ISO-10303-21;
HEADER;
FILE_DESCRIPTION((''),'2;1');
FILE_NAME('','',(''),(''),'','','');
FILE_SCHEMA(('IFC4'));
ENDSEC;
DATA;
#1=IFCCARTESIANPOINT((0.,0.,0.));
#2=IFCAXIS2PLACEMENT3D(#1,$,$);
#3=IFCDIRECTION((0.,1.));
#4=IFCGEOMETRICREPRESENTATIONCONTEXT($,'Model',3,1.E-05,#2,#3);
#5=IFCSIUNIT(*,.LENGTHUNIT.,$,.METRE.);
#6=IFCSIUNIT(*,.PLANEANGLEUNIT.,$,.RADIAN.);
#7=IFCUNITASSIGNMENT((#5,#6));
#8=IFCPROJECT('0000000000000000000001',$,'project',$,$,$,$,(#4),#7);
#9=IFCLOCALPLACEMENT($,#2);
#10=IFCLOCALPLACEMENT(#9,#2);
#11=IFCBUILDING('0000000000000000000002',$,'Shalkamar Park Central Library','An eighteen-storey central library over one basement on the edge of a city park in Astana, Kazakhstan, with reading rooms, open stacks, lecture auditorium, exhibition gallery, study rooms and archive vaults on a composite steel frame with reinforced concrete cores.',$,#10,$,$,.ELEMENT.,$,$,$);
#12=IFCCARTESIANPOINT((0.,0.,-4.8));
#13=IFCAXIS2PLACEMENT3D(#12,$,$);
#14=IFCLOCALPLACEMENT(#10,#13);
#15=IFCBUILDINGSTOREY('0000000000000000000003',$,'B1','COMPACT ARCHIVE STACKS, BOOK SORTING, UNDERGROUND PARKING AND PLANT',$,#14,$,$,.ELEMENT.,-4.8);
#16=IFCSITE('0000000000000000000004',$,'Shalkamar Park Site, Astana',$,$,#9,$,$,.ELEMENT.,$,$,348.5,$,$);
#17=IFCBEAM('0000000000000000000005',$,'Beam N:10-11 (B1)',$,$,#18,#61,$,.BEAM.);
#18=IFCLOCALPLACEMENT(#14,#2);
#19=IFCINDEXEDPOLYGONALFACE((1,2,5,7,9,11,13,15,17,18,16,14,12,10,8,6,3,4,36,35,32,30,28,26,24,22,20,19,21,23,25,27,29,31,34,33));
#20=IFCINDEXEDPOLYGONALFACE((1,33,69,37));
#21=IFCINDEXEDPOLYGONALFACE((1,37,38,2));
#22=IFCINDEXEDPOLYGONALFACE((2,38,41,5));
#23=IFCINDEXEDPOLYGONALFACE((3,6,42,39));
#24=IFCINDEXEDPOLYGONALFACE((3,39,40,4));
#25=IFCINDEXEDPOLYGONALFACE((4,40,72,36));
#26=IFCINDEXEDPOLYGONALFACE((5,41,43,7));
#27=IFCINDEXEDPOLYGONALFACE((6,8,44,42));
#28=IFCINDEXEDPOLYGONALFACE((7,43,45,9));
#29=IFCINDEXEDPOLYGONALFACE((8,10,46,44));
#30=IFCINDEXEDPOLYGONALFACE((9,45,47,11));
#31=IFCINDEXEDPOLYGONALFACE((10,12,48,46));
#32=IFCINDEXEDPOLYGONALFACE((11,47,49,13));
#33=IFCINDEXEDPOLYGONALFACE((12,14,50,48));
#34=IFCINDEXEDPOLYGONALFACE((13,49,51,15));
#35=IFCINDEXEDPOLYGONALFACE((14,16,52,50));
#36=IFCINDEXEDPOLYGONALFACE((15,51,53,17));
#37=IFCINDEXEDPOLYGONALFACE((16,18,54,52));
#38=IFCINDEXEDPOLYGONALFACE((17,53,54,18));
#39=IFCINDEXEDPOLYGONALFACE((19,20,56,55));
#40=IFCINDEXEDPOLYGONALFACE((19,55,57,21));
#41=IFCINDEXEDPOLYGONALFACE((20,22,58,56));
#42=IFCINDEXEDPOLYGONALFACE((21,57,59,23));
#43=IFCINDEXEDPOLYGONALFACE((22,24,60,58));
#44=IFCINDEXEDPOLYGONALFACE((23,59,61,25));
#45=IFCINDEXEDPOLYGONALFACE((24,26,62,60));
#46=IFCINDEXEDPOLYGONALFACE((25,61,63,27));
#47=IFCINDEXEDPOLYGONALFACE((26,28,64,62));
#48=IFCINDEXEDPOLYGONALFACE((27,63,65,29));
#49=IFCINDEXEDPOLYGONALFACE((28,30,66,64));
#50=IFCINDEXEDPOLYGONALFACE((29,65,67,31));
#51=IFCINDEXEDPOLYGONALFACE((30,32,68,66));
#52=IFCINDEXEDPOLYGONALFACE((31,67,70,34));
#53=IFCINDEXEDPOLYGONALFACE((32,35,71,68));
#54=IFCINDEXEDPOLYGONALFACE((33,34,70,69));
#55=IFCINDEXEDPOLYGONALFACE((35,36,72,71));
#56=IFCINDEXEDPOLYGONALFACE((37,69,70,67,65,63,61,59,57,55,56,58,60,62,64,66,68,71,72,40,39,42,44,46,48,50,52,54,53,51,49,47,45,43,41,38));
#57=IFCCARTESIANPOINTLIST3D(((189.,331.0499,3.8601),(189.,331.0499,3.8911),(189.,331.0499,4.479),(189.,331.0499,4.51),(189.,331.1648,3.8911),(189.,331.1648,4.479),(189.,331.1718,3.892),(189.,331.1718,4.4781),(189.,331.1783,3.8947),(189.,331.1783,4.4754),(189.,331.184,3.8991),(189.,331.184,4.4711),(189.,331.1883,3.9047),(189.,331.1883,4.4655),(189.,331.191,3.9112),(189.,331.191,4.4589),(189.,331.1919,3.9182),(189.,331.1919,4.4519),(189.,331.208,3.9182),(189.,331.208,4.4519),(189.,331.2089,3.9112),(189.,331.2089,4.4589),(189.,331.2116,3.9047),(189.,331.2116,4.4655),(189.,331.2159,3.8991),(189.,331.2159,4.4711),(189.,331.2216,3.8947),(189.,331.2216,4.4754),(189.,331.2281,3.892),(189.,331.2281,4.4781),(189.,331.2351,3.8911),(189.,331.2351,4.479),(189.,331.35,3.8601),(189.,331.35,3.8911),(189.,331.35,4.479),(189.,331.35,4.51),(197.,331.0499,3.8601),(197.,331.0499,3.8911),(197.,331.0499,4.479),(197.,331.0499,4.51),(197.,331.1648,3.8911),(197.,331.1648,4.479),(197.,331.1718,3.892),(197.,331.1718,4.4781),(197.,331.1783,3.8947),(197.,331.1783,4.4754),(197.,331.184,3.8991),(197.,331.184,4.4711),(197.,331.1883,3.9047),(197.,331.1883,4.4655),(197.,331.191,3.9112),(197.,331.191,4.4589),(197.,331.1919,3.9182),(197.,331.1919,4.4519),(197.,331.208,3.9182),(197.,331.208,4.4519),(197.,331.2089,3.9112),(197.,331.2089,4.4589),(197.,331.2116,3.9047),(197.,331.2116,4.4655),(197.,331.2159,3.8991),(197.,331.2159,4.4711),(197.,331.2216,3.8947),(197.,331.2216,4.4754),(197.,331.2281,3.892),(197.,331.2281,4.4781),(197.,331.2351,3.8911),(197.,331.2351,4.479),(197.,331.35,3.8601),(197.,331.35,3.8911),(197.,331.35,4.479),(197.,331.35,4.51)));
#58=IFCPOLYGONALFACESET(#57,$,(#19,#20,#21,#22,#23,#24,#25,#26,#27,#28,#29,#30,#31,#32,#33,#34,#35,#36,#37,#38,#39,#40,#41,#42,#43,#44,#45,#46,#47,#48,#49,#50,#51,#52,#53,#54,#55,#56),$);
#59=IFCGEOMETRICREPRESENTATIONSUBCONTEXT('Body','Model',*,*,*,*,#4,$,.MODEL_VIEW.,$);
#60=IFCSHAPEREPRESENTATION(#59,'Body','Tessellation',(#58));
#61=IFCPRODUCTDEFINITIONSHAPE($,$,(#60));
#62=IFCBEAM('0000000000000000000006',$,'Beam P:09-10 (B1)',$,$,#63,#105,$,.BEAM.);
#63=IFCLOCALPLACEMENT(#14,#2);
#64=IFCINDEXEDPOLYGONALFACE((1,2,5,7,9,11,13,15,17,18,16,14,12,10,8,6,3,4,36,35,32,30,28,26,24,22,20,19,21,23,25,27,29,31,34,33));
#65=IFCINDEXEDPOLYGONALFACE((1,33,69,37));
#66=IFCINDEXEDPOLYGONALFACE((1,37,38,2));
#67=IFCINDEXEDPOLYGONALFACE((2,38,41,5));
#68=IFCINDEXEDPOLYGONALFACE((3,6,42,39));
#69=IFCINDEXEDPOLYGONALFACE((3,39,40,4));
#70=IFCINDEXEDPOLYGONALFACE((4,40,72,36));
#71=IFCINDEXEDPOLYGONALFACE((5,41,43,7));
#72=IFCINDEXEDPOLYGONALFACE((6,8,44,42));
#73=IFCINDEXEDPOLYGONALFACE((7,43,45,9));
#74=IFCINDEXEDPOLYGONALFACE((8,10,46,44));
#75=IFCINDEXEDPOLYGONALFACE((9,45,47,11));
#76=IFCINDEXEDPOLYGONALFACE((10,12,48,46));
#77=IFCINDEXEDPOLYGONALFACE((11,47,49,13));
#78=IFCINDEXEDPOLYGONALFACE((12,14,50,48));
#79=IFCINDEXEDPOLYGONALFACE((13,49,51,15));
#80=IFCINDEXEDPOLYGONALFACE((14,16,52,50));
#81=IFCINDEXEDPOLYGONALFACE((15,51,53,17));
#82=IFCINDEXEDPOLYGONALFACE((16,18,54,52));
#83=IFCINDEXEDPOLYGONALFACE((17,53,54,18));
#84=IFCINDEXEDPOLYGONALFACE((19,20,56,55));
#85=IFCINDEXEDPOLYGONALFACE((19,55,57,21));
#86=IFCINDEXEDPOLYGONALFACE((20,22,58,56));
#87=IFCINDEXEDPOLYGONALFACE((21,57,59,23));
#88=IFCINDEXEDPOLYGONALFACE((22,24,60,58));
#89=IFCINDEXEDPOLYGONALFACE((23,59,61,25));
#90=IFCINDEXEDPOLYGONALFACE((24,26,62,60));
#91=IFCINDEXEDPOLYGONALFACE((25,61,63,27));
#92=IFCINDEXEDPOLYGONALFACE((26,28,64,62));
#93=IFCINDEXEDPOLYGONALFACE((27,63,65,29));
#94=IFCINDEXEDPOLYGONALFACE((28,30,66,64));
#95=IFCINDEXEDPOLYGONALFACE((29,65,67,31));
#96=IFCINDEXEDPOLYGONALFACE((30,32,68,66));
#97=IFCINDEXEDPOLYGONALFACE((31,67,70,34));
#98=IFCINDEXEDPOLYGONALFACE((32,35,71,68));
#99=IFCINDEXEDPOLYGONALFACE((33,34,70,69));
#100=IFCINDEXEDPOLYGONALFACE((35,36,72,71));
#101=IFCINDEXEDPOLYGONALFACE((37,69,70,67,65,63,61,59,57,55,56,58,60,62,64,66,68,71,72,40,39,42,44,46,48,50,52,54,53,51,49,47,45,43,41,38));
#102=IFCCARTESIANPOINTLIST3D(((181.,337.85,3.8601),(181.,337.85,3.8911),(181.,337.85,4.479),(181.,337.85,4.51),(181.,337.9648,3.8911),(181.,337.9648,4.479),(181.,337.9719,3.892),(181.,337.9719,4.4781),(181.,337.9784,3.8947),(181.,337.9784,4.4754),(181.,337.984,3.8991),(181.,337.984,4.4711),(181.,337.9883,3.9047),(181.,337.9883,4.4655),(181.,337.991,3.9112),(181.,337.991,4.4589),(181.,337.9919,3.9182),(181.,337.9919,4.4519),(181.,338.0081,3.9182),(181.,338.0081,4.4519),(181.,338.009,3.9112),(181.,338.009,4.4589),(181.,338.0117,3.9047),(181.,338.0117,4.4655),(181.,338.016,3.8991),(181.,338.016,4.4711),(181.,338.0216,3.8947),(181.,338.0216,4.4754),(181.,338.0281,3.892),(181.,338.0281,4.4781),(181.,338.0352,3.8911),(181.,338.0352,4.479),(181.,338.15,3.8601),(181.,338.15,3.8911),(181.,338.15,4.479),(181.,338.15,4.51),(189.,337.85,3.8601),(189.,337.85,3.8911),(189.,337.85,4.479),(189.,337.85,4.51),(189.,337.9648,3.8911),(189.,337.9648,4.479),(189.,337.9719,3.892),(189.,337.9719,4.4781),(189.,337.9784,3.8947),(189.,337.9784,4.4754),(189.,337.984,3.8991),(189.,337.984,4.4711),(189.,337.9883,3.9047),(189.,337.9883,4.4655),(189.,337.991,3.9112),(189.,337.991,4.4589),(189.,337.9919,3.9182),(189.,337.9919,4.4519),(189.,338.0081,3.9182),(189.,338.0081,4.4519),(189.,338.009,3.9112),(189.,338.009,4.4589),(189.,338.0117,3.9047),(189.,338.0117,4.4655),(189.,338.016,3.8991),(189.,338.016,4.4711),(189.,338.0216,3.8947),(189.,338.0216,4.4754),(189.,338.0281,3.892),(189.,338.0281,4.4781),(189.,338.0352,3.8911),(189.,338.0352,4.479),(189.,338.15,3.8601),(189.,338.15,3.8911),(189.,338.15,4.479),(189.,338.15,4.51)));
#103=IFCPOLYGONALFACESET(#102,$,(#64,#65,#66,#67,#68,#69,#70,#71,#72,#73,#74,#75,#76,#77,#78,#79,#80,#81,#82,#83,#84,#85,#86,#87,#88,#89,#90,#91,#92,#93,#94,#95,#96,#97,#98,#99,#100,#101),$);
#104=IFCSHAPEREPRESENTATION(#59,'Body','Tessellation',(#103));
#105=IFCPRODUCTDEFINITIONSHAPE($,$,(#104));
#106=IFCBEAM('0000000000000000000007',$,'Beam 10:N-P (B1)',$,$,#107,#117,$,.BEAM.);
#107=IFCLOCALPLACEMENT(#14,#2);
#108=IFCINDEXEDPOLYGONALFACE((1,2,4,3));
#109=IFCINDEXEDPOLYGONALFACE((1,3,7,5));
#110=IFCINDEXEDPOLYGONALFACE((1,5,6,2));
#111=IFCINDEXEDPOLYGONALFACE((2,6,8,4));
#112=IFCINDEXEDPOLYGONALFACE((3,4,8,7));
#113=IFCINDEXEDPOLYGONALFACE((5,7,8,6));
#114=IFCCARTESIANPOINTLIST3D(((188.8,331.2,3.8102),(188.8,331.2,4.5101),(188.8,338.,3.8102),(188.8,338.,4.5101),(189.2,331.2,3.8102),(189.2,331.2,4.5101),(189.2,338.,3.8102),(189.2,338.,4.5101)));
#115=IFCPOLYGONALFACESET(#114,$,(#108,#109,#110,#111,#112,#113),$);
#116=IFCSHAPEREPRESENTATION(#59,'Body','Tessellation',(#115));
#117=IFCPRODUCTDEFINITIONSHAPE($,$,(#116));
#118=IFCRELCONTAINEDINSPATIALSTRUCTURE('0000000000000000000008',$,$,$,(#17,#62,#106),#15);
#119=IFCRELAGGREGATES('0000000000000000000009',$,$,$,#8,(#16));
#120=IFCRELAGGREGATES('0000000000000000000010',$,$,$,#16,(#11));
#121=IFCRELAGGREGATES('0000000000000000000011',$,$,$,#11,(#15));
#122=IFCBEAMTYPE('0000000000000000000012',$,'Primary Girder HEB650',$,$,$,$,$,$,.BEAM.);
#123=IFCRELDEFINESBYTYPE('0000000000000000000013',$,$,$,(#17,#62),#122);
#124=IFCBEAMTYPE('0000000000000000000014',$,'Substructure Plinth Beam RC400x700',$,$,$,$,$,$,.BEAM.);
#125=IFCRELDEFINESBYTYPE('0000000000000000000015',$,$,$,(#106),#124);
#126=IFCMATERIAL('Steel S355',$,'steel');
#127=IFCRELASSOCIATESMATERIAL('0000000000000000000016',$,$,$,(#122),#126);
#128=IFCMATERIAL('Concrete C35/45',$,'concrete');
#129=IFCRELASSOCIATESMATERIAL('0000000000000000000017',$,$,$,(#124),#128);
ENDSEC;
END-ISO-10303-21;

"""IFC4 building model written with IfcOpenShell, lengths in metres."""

from ifc_helpers import new_model, si_unit, direction, frame, origin, origin_2d, place, context, subcontext, project, spatial, rectangle, i_section, extrude, material, material_profile, profile_set, type_object, element, save


model = new_model("IFC4")

# Units and contexts
model_context = context("Model", 3, precision=1e-05, world=origin(), true_north=direction((0.0, 1.0)))
body_context = subcontext(model_context, "Body", "Model", "MODEL_VIEW")
ifc_project = project(units=[si_unit("LENGTHUNIT", "METRE"), si_unit("PLANEANGLEUNIT", "RADIAN")], contexts=[model_context])

# Site, building, storey
site_placement = place(None, origin())
site = spatial("IfcSite", under=ifc_project, at=site_placement, Name="Shalkamar Park Site, Astana", CompositionType="ELEMENT", RefElevation=348.5)
building_placement = place(site_placement, origin())
building = spatial("IfcBuilding", under=site, at=building_placement, Name="Shalkamar Park Central Library", Description="An eighteen-storey central library over one basement on the edge of a city park in Astana, Kazakhstan, with reading rooms, open stacks, lecture auditorium, exhibition gallery, study rooms and archive vaults on a composite steel frame with reinforced concrete cores.", CompositionType="ELEMENT")
storey_placement = place(building_placement, frame((0.0, 0.0, -4.8)))
storey = spatial("IfcBuildingStorey", under=building, at=storey_placement, Name="B1", Description="COMPACT ARCHIVE STACKS, BOOK SORTING, UNDERGROUND PARKING AND PLANT", CompositionType="ELEMENT", Elevation=-4.8)

# Shared definitions
ifc_material_1 = material(Name="Concrete C35/45", Category="concrete")

# Shared definitions
ifc_material_2 = material(Name="Steel S355", Category="steel")

# Beams
ifc_material_profile_1 = material_profile(ifc_material_2, i_section(OverallWidth=0.3, OverallDepth=0.6499, WebThickness=0.0161, FlangeThickness=0.031, FilletRadius=0.0271, at=origin_2d()), Name="HEB 650")
ifc_profile_set_1 = profile_set([ifc_material_profile_1], Name="Steel S355")
beam_type_1 = type_object("IfcBeamType", Name="Primary Girder HEB650", PredefinedType="BEAM", material=ifc_profile_set_1)
for number, where, z_axis, x_axis, name in (
    (1, (189.0, 331.2, 4.1851), (1.0, 0.0, 0.0), (0.0, 1.0, 0.0), "Beam N:10-11 (B1)"),
    (2, (181.0, 338.0, 4.1851), (1.0, 0.0, 0.0), (0.0, 1.0, 0.0), "Beam P:09-10 (B1)"),
):
    element("IfcBeam", number, at=place(storey_placement, frame(where, z_axis=z_axis, x_axis=x_axis)), inside=storey, type_object=beam_type_1, Name=name, PredefinedType="BEAM", context=body_context, shape_type="SweptSolid", body=[
        extrude(i_section(OverallWidth=0.3, OverallDepth=0.6499, WebThickness=0.0161, FlangeThickness=0.031, FilletRadius=0.0271, at=origin_2d()), origin(), (0.0, 0.0, 1.0), 8.0),
    ])
ifc_material_profile_2 = material_profile(ifc_material_1, rectangle(XDim=0.3999, YDim=0.7, at=origin_2d()), Name="RC 400x700")
ifc_profile_set_2 = profile_set([ifc_material_profile_2], Name="Concrete C35/45")
beam_type_2 = type_object("IfcBeamType", Name="Substructure Plinth Beam RC400x700", PredefinedType="BEAM", material=ifc_profile_set_2)
beam_1_placement = place(storey_placement, frame((189.0, 331.2, 4.1602), z_axis=(0.0, 1.0, 0.0), x_axis=(-1.0, 0.0, 0.0)))
element("IfcBeam", 3, at=beam_1_placement, inside=storey, type_object=beam_type_2, Name="Beam 10:N-P (B1)", PredefinedType="BEAM", context=body_context, shape_type="SweptSolid", body=[
    extrude(rectangle(XDim=0.3999, YDim=0.7, at=origin_2d()), origin(), (0.0, 0.0, 1.0), 6.8),
])

save(model, "model.ifc")
